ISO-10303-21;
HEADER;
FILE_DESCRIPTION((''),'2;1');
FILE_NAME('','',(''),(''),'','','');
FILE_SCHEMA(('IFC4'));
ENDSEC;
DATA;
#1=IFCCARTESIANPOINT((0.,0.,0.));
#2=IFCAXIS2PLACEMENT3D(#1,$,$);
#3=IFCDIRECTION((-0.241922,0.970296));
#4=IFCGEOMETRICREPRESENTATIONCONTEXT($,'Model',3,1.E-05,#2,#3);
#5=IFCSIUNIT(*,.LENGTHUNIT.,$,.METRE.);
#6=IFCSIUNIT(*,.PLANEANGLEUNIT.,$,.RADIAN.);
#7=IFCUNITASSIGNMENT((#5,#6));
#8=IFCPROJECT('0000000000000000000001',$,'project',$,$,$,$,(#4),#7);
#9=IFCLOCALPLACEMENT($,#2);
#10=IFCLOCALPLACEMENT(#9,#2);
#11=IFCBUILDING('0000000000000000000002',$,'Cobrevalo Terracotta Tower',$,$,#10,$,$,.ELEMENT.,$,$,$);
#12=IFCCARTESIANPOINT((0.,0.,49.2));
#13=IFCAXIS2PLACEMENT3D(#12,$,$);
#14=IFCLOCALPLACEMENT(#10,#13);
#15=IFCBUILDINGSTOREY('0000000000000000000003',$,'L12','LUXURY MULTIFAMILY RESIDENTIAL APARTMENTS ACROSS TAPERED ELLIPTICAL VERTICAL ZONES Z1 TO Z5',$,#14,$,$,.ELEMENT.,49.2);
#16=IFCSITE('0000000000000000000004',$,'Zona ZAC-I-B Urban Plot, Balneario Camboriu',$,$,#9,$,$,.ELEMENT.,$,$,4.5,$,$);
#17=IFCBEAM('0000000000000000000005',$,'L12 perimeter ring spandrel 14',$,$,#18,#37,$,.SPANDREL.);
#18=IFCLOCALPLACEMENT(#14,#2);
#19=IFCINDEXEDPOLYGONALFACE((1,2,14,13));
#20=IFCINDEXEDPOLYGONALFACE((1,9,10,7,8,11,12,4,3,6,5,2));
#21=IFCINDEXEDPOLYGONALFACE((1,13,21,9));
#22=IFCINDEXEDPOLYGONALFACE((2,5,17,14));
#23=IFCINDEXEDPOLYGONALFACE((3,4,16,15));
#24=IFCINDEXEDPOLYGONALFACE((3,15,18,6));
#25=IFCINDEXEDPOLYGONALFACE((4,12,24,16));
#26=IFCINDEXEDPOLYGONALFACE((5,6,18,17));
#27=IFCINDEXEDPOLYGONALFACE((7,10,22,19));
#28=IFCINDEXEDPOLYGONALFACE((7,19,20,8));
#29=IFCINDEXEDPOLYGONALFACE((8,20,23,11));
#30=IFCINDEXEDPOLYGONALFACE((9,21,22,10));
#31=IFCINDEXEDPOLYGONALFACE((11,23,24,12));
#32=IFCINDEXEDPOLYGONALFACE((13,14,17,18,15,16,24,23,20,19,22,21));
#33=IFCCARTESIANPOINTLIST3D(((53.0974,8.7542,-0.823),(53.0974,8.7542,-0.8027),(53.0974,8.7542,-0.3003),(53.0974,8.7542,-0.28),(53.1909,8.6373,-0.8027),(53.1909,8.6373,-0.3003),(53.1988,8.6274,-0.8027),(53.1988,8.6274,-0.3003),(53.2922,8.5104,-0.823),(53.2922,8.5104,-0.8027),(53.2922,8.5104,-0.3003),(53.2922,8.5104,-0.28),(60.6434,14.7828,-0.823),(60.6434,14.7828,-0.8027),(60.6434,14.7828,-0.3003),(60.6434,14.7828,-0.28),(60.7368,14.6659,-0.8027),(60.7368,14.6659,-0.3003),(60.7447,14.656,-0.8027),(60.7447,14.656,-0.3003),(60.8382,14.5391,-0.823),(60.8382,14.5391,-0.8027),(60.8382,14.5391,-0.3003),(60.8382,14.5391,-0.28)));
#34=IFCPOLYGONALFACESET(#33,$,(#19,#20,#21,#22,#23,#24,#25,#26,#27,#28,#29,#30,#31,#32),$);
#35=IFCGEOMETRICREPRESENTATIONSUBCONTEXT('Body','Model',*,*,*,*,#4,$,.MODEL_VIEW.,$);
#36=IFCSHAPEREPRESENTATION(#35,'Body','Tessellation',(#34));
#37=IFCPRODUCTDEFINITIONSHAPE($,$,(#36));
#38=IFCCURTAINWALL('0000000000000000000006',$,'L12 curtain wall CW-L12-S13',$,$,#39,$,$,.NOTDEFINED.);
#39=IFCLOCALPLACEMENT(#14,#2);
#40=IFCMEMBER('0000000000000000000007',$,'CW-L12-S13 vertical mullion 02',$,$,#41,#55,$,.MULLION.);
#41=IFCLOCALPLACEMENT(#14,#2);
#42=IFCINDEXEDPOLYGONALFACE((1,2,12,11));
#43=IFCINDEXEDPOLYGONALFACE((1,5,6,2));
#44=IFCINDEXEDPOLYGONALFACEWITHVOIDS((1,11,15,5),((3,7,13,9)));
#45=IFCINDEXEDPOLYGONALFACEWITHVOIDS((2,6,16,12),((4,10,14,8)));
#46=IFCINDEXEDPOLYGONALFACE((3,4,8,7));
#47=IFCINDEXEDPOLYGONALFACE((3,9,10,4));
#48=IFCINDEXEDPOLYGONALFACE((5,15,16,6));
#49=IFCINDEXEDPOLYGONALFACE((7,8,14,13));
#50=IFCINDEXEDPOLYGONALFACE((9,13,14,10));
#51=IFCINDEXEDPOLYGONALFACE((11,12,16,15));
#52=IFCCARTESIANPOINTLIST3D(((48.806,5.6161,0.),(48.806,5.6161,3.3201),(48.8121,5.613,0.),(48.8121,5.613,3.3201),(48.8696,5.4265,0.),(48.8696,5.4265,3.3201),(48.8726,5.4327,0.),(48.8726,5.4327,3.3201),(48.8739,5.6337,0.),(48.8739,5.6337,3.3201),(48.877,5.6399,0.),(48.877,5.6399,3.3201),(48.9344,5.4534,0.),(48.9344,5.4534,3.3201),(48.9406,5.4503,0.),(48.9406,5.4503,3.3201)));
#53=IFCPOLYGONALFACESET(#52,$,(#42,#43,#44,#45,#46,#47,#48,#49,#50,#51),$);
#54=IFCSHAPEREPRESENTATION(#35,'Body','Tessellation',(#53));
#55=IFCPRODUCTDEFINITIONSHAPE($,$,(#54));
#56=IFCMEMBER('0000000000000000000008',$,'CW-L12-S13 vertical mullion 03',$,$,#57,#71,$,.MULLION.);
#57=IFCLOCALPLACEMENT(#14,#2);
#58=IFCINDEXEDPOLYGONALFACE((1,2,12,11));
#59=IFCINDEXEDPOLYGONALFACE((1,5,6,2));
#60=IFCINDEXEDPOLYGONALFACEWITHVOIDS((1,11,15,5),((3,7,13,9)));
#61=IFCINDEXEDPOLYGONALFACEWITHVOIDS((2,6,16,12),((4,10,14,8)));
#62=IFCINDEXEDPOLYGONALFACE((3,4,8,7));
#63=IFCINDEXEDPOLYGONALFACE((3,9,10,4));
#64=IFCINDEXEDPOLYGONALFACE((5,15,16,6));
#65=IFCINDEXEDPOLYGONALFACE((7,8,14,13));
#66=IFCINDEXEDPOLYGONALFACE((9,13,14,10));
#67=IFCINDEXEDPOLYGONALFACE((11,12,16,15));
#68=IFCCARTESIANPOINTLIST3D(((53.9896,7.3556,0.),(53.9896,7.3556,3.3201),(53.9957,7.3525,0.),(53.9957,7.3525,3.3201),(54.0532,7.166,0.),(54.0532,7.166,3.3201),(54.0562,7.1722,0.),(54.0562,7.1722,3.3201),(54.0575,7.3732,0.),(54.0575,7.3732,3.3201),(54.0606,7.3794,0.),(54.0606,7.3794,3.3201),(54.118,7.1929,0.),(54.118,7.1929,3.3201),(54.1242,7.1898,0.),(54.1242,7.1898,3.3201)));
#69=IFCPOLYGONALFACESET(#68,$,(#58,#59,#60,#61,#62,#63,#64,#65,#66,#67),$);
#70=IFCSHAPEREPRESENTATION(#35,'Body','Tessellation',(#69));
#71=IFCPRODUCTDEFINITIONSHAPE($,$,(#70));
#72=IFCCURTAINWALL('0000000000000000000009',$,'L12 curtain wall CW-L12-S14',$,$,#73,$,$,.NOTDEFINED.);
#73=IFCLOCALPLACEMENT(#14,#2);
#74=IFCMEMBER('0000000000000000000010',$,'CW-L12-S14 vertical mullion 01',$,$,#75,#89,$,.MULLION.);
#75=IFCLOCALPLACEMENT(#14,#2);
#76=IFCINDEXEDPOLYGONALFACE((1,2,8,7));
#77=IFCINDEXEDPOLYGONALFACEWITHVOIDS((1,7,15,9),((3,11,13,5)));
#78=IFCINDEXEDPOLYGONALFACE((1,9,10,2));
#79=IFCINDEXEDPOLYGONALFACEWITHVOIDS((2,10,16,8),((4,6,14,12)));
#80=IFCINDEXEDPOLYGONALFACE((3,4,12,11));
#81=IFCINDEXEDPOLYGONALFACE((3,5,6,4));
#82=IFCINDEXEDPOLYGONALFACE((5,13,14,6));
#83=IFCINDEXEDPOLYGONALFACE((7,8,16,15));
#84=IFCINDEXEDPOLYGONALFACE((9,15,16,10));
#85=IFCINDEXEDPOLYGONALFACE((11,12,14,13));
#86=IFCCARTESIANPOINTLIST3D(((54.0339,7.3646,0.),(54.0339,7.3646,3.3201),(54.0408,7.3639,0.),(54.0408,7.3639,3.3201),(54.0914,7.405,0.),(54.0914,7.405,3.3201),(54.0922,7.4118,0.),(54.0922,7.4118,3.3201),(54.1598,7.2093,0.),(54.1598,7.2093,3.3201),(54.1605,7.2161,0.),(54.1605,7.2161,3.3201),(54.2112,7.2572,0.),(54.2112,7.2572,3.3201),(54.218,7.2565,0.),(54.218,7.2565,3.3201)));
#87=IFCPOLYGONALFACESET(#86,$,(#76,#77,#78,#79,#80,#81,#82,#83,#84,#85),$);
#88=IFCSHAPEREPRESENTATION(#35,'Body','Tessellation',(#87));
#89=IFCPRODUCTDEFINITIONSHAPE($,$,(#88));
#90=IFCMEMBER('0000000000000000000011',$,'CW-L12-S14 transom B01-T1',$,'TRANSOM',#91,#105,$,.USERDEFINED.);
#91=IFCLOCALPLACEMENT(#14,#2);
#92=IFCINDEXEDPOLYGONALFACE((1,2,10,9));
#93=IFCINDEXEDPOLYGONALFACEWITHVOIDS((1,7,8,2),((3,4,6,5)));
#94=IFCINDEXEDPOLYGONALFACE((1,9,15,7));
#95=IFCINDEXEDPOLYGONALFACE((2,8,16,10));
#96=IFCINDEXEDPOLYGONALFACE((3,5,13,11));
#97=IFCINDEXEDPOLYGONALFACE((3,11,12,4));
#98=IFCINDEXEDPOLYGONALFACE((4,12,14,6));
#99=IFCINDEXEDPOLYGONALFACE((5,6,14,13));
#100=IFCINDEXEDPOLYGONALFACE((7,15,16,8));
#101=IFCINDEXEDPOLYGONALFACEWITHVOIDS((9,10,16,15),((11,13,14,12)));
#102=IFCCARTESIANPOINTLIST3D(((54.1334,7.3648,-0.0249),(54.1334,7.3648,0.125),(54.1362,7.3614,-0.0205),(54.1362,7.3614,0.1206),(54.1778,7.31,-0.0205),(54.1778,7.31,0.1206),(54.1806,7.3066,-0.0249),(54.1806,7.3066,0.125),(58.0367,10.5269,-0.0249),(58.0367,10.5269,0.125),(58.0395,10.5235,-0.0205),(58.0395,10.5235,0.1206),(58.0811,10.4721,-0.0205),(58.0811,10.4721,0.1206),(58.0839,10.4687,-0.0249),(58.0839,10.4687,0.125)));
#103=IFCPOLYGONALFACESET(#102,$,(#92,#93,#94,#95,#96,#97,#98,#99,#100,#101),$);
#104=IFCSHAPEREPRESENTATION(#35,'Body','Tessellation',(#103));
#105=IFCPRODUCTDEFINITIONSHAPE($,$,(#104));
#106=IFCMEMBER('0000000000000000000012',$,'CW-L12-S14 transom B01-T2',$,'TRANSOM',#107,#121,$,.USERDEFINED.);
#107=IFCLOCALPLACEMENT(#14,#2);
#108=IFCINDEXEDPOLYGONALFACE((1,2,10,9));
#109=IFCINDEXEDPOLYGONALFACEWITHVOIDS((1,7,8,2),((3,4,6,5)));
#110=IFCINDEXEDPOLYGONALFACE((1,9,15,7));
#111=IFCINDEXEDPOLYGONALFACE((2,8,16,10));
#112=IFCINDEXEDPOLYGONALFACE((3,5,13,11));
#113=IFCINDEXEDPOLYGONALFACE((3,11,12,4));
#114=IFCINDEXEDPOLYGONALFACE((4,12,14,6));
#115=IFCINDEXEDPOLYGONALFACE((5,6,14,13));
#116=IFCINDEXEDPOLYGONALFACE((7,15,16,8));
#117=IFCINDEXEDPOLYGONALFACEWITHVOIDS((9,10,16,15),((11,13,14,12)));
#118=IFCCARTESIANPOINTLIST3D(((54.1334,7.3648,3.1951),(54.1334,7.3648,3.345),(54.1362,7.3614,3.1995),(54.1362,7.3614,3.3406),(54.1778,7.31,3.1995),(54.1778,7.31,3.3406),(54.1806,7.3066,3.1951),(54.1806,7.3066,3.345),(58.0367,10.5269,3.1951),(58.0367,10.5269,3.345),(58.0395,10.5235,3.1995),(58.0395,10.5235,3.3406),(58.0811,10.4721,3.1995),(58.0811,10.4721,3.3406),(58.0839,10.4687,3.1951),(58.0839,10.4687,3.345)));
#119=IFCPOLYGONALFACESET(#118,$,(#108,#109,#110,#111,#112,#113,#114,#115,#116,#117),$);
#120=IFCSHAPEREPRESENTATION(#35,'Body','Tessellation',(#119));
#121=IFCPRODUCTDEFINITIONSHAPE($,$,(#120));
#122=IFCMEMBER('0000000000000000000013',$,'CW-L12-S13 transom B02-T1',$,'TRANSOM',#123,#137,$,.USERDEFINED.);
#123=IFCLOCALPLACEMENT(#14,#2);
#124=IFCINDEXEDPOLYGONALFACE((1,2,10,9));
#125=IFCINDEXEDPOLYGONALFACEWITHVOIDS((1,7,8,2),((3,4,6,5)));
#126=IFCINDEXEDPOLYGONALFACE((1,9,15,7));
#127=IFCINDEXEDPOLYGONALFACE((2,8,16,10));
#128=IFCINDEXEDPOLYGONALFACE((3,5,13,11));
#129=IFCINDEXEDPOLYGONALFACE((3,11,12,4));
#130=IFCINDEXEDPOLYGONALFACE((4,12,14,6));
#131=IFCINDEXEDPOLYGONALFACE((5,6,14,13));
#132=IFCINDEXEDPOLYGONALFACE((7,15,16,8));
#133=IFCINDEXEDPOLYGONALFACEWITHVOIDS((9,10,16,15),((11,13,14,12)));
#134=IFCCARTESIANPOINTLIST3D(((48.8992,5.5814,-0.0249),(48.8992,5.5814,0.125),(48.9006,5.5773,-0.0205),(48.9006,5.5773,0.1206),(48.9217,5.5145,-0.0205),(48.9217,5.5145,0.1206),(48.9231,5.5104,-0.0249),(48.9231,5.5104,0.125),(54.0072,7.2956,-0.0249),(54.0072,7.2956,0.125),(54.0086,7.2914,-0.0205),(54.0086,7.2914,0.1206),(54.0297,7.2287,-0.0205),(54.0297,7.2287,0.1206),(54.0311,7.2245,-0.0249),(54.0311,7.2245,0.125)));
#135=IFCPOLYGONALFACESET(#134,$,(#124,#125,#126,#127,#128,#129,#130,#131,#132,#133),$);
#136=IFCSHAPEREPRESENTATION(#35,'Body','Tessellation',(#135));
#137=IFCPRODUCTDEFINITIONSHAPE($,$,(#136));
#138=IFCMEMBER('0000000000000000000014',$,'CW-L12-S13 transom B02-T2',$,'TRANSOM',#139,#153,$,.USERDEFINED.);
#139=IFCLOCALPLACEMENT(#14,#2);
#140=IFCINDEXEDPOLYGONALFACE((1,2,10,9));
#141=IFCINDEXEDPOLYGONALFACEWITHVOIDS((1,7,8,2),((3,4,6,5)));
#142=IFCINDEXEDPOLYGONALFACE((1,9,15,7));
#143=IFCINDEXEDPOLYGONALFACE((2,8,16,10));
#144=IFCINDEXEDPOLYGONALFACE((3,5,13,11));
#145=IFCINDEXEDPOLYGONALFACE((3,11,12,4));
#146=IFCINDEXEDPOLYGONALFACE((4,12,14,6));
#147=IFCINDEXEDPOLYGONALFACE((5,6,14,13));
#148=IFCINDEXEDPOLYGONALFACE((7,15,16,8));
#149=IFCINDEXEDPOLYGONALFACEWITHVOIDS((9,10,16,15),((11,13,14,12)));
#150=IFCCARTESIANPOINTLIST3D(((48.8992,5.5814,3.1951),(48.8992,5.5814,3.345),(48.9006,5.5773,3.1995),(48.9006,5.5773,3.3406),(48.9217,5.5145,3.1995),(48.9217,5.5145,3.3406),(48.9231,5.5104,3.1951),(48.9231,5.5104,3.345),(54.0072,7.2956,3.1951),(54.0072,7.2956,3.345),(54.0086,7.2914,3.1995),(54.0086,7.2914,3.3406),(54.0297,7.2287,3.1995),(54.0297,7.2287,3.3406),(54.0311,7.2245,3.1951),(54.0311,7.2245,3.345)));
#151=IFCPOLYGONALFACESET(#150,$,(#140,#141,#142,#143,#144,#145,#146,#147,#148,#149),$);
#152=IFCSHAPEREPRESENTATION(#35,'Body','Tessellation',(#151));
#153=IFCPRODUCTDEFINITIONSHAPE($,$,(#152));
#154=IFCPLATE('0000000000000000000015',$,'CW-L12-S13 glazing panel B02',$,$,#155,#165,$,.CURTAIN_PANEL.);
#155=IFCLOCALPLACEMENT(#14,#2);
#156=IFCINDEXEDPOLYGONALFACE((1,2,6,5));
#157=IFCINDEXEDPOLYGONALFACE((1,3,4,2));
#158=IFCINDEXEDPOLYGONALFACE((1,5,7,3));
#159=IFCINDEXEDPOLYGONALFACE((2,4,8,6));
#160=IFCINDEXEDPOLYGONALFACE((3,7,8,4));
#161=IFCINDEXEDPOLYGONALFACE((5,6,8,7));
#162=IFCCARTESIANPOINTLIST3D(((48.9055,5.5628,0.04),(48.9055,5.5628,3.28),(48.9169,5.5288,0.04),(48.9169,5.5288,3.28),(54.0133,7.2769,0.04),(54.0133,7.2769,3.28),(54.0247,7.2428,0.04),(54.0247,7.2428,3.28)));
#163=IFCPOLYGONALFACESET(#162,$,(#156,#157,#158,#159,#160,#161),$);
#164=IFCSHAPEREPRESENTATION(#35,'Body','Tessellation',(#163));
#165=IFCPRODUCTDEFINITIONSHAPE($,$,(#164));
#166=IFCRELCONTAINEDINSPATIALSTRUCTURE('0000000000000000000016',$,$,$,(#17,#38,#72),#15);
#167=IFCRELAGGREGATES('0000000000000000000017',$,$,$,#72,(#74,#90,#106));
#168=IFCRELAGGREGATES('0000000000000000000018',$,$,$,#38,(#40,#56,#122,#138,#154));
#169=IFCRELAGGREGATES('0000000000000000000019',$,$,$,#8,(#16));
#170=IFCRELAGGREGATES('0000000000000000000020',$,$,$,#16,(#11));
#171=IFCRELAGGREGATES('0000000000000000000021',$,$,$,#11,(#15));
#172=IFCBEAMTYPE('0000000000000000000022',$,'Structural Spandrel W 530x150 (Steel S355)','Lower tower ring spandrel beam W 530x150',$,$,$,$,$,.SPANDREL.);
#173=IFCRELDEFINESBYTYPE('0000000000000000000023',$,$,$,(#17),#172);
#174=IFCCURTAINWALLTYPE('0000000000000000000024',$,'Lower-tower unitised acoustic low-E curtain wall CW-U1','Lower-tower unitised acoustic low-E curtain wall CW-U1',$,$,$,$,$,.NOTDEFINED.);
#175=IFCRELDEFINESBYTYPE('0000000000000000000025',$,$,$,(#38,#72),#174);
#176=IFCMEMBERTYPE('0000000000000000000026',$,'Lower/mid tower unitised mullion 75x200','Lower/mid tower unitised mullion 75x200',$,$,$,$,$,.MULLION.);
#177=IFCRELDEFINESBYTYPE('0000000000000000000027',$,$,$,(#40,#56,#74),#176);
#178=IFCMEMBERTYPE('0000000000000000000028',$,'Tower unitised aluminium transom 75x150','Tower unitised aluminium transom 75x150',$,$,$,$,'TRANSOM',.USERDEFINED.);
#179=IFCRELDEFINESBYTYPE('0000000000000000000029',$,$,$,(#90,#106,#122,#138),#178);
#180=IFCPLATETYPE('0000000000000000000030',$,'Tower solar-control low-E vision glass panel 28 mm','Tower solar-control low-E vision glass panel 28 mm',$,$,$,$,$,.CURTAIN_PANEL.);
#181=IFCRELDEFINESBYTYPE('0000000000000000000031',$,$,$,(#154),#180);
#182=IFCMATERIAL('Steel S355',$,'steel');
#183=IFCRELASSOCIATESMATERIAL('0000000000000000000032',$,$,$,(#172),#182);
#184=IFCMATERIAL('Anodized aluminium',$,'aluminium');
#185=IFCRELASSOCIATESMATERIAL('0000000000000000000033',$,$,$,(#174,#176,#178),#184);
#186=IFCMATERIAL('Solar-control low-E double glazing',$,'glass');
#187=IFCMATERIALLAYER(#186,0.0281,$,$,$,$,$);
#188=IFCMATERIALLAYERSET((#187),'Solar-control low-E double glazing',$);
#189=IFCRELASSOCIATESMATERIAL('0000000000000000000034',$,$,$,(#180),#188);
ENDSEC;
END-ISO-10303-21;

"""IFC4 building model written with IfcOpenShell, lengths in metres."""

from ifc_helpers import new_model, si_unit, direction, frame, origin, origin_2d, place, context, subcontext, project, spatial, rectangle, hollow_rectangle, i_section, extrude, source, transform, mapped, material, layer, layer_set, material_profile, profile_set, type_object, element, aggregate, save


model = new_model("IFC4")

# Units and contexts
model_context = context("Model", 3, precision=1e-05, world=origin(), true_north=direction((-0.241922, 0.970296)))
body_context = subcontext(model_context, "Body", "Model", "MODEL_VIEW")
ifc_project = project(units=[si_unit("LENGTHUNIT", "METRE"), si_unit("PLANEANGLEUNIT", "RADIAN")], contexts=[model_context])

# Site, building, storey
site_placement = place(None, origin())
site = spatial("IfcSite", under=ifc_project, at=site_placement, Name="Zona ZAC-I-B Urban Plot, Balneario Camboriu", CompositionType="ELEMENT", RefElevation=4.5)
building_placement = place(site_placement, origin())
building = spatial("IfcBuilding", under=site, at=building_placement, Name="Cobrevalo Terracotta Tower", CompositionType="ELEMENT")
storey_placement = place(building_placement, frame((0.0, 0.0, 49.2)))
storey = spatial("IfcBuildingStorey", under=building, at=storey_placement, Name="L12", Description="LUXURY MULTIFAMILY RESIDENTIAL APARTMENTS ACROSS TAPERED ELLIPTICAL VERTICAL ZONES Z1 TO Z5", CompositionType="ELEMENT", Elevation=49.2)

# Shared definitions
ifc_material_1 = material(Name="Steel S355", Category="steel")

# Beam
ifc_material_profile_1 = material_profile(ifc_material_1, i_section(OverallWidth=0.312, OverallDepth=0.543, WebThickness=0.0127, FlangeThickness=0.0203, at=origin_2d()), Name="W 530x150")
ifc_profile_set_1 = profile_set([ifc_material_profile_1], Name="Steel S355")
beam_type_1 = type_object("IfcBeamType", Name="Structural Spandrel W 530x150 (Steel S355)", Description="Lower tower ring spandrel beam W 530x150", PredefinedType="SPANDREL", material=ifc_profile_set_1)
beam_1_placement = place(storey_placement, frame((53.1948, 8.6323, -0.5515), z_axis=(0.78128, 0.62418, 0.0), x_axis=(-0.62418, 0.78128, 0.0)))
element("IfcBeam", 1, at=beam_1_placement, inside=storey, type_object=beam_type_1, Name="L12 perimeter ring spandrel 14", PredefinedType="SPANDREL", context=body_context, shape_type="SweptSolid", body=[
    extrude(i_section(OverallWidth=0.312, OverallDepth=0.543, WebThickness=0.0127, FlangeThickness=0.0203, at=origin_2d()), origin(), (0.0, 0.0, 1.0), 9.6584),
])

# Curtain walls, members
ifc_material_2 = material(Name="Anodized aluminium", Category="aluminium")
curtain_wall_type = type_object("IfcCurtainWallType", Name="Lower-tower unitised acoustic low-E curtain wall CW-U1", Description="Lower-tower unitised acoustic low-E curtain wall CW-U1", PredefinedType="NOTDEFINED", material=ifc_material_2)
curtain_wall_1_placement = place(storey_placement, origin())
curtain_wall_1 = element("IfcCurtainWall", 2, at=curtain_wall_1_placement, inside=storey, type_object=curtain_wall_type, Name="L12 curtain wall CW-L12-S13", PredefinedType="NOTDEFINED")
ifc_material_profile_2 = material_profile(ifc_material_2, hollow_rectangle(XDim=0.075, YDim=0.2, WallThickness=0.0049, at=origin_2d()), Name="CWM 75x200")
ifc_profile_set_2 = profile_set([ifc_material_profile_2], Name="Anodized aluminium")
member_type_1 = type_object("IfcMemberType", Name="Lower/mid tower unitised mullion 75x200", Description="Lower/mid tower unitised mullion 75x200", PredefinedType="MULLION", material=ifc_profile_set_2)
shared_shape_1 = source(origin(), body_context, "Body", "SweptSolid", [
    extrude(hollow_rectangle(XDim=0.075, YDim=0.2, WallThickness=0.0049, at=origin_2d()), origin(), (0.0, 0.0, 1.0), 3.3201),
])
member_1_placement = place(storey_placement, frame((48.8733, 5.5332, 0.0), z_axis=(0.0, 0.0, 1.0), x_axis=(0.948046, 0.318132, 0.0)))
member_1 = element("IfcMember", 3, at=member_1_placement, type_object=member_type_1, Name="CW-L12-S13 vertical mullion 02", PredefinedType="MULLION", context=body_context, shape_type="MappedRepresentation", body=[
    mapped(shared_shape_1, transform((0.0, 0.0, 0.0), scale=1.0)),
])
member_2_placement = place(storey_placement, frame((54.0569, 7.2727, 0.0), z_axis=(0.0, 0.0, 1.0), x_axis=(0.948046, 0.318132, 0.0)))
member_2 = element("IfcMember", 4, at=member_2_placement, type_object=member_type_1, Name="CW-L12-S13 vertical mullion 03", PredefinedType="MULLION", context=body_context, shape_type="MappedRepresentation", body=[
    mapped(shared_shape_1, transform((0.0, 0.0, 0.0), scale=1.0)),
])
curtain_wall_2_placement = place(storey_placement, origin())
curtain_wall_2 = element("IfcCurtainWall", 5, at=curtain_wall_2_placement, inside=storey, type_object=curtain_wall_type, Name="L12 curtain wall CW-L12-S14", PredefinedType="NOTDEFINED")
member_3_placement = place(storey_placement, frame((54.126, 7.3105, 0.0), z_axis=(0.0, 0.0, 1.0), x_axis=(0.777003, 0.629497, 0.0)))
member_3 = element("IfcMember", 6, at=member_3_placement, type_object=member_type_1, Name="CW-L12-S14 vertical mullion 01", PredefinedType="MULLION", context=body_context, shape_type="MappedRepresentation", body=[
    mapped(shared_shape_1, transform((0.0, 0.0, 0.0), scale=1.0)),
])
ifc_material_profile_3 = material_profile(ifc_material_2, hollow_rectangle(XDim=0.075, YDim=0.1499, WallThickness=0.0044, at=origin_2d()), Name="CWT 75x150")
ifc_profile_set_3 = profile_set([ifc_material_profile_3], Name="Anodized aluminium")
member_type_2 = type_object("IfcMemberType", Name="Tower unitised aluminium transom 75x150", Description="Tower unitised aluminium transom 75x150", ElementType="TRANSOM", PredefinedType="USERDEFINED", material=ifc_profile_set_3)
shared_shape_2 = source(origin(), body_context, "Body", "SweptSolid", [
    extrude(hollow_rectangle(XDim=0.075, YDim=0.1499, WallThickness=0.0044, at=origin_2d()), origin(), (0.0, 0.0, 1.0), 5.0234),
])
member_4_placement = place(storey_placement, frame((54.157, 7.3357, 0.05), z_axis=(0.777023, 0.629472, 0.0), x_axis=(-0.629472, 0.777023, 0.0)))
member_4 = element("IfcMember", 7, at=member_4_placement, type_object=member_type_2, Name="CW-L12-S14 transom B01-T1", ObjectType="TRANSOM", PredefinedType="USERDEFINED", context=body_context, shape_type="MappedRepresentation", body=[
    mapped(shared_shape_2, transform((0.0, 0.0, 0.0), scale=1.0)),
])
member_5_placement = place(storey_placement, frame((54.157, 7.3357, 3.27), z_axis=(0.777023, 0.629472, 0.0), x_axis=(-0.629472, 0.777023, 0.0)))
member_5 = element("IfcMember", 8, at=member_5_placement, type_object=member_type_2, Name="CW-L12-S14 transom B01-T2", ObjectType="TRANSOM", PredefinedType="USERDEFINED", context=body_context, shape_type="MappedRepresentation", body=[
    mapped(shared_shape_2, transform((0.0, 0.0, 0.0), scale=1.0)),
])
aggregate(curtain_wall_2, [member_3, member_4, member_5])

# Members
shared_shape_3 = source(origin(), body_context, "Body", "SweptSolid", [
    extrude(hollow_rectangle(XDim=0.075, YDim=0.1499, WallThickness=0.0044, at=origin_2d()), origin(), (0.0, 0.0, 1.0), 5.3879),
])
member_6_placement = place(storey_placement, frame((48.9111, 5.5459, 0.05), z_axis=(0.948042, 0.318144, 0.0), x_axis=(-0.318144, 0.948042, 0.0)))
member_6 = element("IfcMember", 9, at=member_6_placement, type_object=member_type_2, Name="CW-L12-S13 transom B02-T1", ObjectType="TRANSOM", PredefinedType="USERDEFINED", context=body_context, shape_type="MappedRepresentation", body=[
    mapped(shared_shape_3, transform((0.0, 0.0, 0.0), scale=1.0)),
])
member_7_placement = place(storey_placement, frame((48.9111, 5.5459, 3.27), z_axis=(0.948042, 0.318144, 0.0), x_axis=(-0.318144, 0.948042, 0.0)))
member_7 = element("IfcMember", 10, at=member_7_placement, type_object=member_type_2, Name="CW-L12-S13 transom B02-T2", ObjectType="TRANSOM", PredefinedType="USERDEFINED", context=body_context, shape_type="MappedRepresentation", body=[
    mapped(shared_shape_3, transform((0.0, 0.0, 0.0), scale=1.0)),
])

# Plate
ifc_material_3 = material(Name="Solar-control low-E double glazing", Category="glass")
ifc_layer_1 = layer(ifc_material_3, 0.0281)
ifc_layer_set_1 = layer_set([ifc_layer_1], Name="Solar-control low-E double glazing")
plate_type = type_object("IfcPlateType", Name="Tower solar-control low-E vision glass panel 28 mm", Description="Tower solar-control low-E vision glass panel 28 mm", PredefinedType="CURTAIN_PANEL", material=ifc_layer_set_1)
shared_shape_4 = source(origin(), body_context, "Body", "SweptSolid", [
    extrude(rectangle(XDim=5.3877, YDim=0.0359, at=origin_2d()), origin(), (0.0, 0.0, 1.0), 3.24),
])
plate_placement = place(storey_placement, frame((51.4651, 6.4028, 0.04), z_axis=(0.0, 0.0, 1.0), x_axis=(0.948044, 0.318139, 0.0)))
plate = element("IfcPlate", 11, at=plate_placement, type_object=plate_type, Name="CW-L12-S13 glazing panel B02", PredefinedType="CURTAIN_PANEL", context=body_context, shape_type="MappedRepresentation", body=[
    mapped(shared_shape_4, transform((0.0, 0.0, 0.0), scale=1.0)),
])
aggregate(curtain_wall_1, [member_1, member_2, member_6, member_7, plate])

save(model, "model.ifc")
